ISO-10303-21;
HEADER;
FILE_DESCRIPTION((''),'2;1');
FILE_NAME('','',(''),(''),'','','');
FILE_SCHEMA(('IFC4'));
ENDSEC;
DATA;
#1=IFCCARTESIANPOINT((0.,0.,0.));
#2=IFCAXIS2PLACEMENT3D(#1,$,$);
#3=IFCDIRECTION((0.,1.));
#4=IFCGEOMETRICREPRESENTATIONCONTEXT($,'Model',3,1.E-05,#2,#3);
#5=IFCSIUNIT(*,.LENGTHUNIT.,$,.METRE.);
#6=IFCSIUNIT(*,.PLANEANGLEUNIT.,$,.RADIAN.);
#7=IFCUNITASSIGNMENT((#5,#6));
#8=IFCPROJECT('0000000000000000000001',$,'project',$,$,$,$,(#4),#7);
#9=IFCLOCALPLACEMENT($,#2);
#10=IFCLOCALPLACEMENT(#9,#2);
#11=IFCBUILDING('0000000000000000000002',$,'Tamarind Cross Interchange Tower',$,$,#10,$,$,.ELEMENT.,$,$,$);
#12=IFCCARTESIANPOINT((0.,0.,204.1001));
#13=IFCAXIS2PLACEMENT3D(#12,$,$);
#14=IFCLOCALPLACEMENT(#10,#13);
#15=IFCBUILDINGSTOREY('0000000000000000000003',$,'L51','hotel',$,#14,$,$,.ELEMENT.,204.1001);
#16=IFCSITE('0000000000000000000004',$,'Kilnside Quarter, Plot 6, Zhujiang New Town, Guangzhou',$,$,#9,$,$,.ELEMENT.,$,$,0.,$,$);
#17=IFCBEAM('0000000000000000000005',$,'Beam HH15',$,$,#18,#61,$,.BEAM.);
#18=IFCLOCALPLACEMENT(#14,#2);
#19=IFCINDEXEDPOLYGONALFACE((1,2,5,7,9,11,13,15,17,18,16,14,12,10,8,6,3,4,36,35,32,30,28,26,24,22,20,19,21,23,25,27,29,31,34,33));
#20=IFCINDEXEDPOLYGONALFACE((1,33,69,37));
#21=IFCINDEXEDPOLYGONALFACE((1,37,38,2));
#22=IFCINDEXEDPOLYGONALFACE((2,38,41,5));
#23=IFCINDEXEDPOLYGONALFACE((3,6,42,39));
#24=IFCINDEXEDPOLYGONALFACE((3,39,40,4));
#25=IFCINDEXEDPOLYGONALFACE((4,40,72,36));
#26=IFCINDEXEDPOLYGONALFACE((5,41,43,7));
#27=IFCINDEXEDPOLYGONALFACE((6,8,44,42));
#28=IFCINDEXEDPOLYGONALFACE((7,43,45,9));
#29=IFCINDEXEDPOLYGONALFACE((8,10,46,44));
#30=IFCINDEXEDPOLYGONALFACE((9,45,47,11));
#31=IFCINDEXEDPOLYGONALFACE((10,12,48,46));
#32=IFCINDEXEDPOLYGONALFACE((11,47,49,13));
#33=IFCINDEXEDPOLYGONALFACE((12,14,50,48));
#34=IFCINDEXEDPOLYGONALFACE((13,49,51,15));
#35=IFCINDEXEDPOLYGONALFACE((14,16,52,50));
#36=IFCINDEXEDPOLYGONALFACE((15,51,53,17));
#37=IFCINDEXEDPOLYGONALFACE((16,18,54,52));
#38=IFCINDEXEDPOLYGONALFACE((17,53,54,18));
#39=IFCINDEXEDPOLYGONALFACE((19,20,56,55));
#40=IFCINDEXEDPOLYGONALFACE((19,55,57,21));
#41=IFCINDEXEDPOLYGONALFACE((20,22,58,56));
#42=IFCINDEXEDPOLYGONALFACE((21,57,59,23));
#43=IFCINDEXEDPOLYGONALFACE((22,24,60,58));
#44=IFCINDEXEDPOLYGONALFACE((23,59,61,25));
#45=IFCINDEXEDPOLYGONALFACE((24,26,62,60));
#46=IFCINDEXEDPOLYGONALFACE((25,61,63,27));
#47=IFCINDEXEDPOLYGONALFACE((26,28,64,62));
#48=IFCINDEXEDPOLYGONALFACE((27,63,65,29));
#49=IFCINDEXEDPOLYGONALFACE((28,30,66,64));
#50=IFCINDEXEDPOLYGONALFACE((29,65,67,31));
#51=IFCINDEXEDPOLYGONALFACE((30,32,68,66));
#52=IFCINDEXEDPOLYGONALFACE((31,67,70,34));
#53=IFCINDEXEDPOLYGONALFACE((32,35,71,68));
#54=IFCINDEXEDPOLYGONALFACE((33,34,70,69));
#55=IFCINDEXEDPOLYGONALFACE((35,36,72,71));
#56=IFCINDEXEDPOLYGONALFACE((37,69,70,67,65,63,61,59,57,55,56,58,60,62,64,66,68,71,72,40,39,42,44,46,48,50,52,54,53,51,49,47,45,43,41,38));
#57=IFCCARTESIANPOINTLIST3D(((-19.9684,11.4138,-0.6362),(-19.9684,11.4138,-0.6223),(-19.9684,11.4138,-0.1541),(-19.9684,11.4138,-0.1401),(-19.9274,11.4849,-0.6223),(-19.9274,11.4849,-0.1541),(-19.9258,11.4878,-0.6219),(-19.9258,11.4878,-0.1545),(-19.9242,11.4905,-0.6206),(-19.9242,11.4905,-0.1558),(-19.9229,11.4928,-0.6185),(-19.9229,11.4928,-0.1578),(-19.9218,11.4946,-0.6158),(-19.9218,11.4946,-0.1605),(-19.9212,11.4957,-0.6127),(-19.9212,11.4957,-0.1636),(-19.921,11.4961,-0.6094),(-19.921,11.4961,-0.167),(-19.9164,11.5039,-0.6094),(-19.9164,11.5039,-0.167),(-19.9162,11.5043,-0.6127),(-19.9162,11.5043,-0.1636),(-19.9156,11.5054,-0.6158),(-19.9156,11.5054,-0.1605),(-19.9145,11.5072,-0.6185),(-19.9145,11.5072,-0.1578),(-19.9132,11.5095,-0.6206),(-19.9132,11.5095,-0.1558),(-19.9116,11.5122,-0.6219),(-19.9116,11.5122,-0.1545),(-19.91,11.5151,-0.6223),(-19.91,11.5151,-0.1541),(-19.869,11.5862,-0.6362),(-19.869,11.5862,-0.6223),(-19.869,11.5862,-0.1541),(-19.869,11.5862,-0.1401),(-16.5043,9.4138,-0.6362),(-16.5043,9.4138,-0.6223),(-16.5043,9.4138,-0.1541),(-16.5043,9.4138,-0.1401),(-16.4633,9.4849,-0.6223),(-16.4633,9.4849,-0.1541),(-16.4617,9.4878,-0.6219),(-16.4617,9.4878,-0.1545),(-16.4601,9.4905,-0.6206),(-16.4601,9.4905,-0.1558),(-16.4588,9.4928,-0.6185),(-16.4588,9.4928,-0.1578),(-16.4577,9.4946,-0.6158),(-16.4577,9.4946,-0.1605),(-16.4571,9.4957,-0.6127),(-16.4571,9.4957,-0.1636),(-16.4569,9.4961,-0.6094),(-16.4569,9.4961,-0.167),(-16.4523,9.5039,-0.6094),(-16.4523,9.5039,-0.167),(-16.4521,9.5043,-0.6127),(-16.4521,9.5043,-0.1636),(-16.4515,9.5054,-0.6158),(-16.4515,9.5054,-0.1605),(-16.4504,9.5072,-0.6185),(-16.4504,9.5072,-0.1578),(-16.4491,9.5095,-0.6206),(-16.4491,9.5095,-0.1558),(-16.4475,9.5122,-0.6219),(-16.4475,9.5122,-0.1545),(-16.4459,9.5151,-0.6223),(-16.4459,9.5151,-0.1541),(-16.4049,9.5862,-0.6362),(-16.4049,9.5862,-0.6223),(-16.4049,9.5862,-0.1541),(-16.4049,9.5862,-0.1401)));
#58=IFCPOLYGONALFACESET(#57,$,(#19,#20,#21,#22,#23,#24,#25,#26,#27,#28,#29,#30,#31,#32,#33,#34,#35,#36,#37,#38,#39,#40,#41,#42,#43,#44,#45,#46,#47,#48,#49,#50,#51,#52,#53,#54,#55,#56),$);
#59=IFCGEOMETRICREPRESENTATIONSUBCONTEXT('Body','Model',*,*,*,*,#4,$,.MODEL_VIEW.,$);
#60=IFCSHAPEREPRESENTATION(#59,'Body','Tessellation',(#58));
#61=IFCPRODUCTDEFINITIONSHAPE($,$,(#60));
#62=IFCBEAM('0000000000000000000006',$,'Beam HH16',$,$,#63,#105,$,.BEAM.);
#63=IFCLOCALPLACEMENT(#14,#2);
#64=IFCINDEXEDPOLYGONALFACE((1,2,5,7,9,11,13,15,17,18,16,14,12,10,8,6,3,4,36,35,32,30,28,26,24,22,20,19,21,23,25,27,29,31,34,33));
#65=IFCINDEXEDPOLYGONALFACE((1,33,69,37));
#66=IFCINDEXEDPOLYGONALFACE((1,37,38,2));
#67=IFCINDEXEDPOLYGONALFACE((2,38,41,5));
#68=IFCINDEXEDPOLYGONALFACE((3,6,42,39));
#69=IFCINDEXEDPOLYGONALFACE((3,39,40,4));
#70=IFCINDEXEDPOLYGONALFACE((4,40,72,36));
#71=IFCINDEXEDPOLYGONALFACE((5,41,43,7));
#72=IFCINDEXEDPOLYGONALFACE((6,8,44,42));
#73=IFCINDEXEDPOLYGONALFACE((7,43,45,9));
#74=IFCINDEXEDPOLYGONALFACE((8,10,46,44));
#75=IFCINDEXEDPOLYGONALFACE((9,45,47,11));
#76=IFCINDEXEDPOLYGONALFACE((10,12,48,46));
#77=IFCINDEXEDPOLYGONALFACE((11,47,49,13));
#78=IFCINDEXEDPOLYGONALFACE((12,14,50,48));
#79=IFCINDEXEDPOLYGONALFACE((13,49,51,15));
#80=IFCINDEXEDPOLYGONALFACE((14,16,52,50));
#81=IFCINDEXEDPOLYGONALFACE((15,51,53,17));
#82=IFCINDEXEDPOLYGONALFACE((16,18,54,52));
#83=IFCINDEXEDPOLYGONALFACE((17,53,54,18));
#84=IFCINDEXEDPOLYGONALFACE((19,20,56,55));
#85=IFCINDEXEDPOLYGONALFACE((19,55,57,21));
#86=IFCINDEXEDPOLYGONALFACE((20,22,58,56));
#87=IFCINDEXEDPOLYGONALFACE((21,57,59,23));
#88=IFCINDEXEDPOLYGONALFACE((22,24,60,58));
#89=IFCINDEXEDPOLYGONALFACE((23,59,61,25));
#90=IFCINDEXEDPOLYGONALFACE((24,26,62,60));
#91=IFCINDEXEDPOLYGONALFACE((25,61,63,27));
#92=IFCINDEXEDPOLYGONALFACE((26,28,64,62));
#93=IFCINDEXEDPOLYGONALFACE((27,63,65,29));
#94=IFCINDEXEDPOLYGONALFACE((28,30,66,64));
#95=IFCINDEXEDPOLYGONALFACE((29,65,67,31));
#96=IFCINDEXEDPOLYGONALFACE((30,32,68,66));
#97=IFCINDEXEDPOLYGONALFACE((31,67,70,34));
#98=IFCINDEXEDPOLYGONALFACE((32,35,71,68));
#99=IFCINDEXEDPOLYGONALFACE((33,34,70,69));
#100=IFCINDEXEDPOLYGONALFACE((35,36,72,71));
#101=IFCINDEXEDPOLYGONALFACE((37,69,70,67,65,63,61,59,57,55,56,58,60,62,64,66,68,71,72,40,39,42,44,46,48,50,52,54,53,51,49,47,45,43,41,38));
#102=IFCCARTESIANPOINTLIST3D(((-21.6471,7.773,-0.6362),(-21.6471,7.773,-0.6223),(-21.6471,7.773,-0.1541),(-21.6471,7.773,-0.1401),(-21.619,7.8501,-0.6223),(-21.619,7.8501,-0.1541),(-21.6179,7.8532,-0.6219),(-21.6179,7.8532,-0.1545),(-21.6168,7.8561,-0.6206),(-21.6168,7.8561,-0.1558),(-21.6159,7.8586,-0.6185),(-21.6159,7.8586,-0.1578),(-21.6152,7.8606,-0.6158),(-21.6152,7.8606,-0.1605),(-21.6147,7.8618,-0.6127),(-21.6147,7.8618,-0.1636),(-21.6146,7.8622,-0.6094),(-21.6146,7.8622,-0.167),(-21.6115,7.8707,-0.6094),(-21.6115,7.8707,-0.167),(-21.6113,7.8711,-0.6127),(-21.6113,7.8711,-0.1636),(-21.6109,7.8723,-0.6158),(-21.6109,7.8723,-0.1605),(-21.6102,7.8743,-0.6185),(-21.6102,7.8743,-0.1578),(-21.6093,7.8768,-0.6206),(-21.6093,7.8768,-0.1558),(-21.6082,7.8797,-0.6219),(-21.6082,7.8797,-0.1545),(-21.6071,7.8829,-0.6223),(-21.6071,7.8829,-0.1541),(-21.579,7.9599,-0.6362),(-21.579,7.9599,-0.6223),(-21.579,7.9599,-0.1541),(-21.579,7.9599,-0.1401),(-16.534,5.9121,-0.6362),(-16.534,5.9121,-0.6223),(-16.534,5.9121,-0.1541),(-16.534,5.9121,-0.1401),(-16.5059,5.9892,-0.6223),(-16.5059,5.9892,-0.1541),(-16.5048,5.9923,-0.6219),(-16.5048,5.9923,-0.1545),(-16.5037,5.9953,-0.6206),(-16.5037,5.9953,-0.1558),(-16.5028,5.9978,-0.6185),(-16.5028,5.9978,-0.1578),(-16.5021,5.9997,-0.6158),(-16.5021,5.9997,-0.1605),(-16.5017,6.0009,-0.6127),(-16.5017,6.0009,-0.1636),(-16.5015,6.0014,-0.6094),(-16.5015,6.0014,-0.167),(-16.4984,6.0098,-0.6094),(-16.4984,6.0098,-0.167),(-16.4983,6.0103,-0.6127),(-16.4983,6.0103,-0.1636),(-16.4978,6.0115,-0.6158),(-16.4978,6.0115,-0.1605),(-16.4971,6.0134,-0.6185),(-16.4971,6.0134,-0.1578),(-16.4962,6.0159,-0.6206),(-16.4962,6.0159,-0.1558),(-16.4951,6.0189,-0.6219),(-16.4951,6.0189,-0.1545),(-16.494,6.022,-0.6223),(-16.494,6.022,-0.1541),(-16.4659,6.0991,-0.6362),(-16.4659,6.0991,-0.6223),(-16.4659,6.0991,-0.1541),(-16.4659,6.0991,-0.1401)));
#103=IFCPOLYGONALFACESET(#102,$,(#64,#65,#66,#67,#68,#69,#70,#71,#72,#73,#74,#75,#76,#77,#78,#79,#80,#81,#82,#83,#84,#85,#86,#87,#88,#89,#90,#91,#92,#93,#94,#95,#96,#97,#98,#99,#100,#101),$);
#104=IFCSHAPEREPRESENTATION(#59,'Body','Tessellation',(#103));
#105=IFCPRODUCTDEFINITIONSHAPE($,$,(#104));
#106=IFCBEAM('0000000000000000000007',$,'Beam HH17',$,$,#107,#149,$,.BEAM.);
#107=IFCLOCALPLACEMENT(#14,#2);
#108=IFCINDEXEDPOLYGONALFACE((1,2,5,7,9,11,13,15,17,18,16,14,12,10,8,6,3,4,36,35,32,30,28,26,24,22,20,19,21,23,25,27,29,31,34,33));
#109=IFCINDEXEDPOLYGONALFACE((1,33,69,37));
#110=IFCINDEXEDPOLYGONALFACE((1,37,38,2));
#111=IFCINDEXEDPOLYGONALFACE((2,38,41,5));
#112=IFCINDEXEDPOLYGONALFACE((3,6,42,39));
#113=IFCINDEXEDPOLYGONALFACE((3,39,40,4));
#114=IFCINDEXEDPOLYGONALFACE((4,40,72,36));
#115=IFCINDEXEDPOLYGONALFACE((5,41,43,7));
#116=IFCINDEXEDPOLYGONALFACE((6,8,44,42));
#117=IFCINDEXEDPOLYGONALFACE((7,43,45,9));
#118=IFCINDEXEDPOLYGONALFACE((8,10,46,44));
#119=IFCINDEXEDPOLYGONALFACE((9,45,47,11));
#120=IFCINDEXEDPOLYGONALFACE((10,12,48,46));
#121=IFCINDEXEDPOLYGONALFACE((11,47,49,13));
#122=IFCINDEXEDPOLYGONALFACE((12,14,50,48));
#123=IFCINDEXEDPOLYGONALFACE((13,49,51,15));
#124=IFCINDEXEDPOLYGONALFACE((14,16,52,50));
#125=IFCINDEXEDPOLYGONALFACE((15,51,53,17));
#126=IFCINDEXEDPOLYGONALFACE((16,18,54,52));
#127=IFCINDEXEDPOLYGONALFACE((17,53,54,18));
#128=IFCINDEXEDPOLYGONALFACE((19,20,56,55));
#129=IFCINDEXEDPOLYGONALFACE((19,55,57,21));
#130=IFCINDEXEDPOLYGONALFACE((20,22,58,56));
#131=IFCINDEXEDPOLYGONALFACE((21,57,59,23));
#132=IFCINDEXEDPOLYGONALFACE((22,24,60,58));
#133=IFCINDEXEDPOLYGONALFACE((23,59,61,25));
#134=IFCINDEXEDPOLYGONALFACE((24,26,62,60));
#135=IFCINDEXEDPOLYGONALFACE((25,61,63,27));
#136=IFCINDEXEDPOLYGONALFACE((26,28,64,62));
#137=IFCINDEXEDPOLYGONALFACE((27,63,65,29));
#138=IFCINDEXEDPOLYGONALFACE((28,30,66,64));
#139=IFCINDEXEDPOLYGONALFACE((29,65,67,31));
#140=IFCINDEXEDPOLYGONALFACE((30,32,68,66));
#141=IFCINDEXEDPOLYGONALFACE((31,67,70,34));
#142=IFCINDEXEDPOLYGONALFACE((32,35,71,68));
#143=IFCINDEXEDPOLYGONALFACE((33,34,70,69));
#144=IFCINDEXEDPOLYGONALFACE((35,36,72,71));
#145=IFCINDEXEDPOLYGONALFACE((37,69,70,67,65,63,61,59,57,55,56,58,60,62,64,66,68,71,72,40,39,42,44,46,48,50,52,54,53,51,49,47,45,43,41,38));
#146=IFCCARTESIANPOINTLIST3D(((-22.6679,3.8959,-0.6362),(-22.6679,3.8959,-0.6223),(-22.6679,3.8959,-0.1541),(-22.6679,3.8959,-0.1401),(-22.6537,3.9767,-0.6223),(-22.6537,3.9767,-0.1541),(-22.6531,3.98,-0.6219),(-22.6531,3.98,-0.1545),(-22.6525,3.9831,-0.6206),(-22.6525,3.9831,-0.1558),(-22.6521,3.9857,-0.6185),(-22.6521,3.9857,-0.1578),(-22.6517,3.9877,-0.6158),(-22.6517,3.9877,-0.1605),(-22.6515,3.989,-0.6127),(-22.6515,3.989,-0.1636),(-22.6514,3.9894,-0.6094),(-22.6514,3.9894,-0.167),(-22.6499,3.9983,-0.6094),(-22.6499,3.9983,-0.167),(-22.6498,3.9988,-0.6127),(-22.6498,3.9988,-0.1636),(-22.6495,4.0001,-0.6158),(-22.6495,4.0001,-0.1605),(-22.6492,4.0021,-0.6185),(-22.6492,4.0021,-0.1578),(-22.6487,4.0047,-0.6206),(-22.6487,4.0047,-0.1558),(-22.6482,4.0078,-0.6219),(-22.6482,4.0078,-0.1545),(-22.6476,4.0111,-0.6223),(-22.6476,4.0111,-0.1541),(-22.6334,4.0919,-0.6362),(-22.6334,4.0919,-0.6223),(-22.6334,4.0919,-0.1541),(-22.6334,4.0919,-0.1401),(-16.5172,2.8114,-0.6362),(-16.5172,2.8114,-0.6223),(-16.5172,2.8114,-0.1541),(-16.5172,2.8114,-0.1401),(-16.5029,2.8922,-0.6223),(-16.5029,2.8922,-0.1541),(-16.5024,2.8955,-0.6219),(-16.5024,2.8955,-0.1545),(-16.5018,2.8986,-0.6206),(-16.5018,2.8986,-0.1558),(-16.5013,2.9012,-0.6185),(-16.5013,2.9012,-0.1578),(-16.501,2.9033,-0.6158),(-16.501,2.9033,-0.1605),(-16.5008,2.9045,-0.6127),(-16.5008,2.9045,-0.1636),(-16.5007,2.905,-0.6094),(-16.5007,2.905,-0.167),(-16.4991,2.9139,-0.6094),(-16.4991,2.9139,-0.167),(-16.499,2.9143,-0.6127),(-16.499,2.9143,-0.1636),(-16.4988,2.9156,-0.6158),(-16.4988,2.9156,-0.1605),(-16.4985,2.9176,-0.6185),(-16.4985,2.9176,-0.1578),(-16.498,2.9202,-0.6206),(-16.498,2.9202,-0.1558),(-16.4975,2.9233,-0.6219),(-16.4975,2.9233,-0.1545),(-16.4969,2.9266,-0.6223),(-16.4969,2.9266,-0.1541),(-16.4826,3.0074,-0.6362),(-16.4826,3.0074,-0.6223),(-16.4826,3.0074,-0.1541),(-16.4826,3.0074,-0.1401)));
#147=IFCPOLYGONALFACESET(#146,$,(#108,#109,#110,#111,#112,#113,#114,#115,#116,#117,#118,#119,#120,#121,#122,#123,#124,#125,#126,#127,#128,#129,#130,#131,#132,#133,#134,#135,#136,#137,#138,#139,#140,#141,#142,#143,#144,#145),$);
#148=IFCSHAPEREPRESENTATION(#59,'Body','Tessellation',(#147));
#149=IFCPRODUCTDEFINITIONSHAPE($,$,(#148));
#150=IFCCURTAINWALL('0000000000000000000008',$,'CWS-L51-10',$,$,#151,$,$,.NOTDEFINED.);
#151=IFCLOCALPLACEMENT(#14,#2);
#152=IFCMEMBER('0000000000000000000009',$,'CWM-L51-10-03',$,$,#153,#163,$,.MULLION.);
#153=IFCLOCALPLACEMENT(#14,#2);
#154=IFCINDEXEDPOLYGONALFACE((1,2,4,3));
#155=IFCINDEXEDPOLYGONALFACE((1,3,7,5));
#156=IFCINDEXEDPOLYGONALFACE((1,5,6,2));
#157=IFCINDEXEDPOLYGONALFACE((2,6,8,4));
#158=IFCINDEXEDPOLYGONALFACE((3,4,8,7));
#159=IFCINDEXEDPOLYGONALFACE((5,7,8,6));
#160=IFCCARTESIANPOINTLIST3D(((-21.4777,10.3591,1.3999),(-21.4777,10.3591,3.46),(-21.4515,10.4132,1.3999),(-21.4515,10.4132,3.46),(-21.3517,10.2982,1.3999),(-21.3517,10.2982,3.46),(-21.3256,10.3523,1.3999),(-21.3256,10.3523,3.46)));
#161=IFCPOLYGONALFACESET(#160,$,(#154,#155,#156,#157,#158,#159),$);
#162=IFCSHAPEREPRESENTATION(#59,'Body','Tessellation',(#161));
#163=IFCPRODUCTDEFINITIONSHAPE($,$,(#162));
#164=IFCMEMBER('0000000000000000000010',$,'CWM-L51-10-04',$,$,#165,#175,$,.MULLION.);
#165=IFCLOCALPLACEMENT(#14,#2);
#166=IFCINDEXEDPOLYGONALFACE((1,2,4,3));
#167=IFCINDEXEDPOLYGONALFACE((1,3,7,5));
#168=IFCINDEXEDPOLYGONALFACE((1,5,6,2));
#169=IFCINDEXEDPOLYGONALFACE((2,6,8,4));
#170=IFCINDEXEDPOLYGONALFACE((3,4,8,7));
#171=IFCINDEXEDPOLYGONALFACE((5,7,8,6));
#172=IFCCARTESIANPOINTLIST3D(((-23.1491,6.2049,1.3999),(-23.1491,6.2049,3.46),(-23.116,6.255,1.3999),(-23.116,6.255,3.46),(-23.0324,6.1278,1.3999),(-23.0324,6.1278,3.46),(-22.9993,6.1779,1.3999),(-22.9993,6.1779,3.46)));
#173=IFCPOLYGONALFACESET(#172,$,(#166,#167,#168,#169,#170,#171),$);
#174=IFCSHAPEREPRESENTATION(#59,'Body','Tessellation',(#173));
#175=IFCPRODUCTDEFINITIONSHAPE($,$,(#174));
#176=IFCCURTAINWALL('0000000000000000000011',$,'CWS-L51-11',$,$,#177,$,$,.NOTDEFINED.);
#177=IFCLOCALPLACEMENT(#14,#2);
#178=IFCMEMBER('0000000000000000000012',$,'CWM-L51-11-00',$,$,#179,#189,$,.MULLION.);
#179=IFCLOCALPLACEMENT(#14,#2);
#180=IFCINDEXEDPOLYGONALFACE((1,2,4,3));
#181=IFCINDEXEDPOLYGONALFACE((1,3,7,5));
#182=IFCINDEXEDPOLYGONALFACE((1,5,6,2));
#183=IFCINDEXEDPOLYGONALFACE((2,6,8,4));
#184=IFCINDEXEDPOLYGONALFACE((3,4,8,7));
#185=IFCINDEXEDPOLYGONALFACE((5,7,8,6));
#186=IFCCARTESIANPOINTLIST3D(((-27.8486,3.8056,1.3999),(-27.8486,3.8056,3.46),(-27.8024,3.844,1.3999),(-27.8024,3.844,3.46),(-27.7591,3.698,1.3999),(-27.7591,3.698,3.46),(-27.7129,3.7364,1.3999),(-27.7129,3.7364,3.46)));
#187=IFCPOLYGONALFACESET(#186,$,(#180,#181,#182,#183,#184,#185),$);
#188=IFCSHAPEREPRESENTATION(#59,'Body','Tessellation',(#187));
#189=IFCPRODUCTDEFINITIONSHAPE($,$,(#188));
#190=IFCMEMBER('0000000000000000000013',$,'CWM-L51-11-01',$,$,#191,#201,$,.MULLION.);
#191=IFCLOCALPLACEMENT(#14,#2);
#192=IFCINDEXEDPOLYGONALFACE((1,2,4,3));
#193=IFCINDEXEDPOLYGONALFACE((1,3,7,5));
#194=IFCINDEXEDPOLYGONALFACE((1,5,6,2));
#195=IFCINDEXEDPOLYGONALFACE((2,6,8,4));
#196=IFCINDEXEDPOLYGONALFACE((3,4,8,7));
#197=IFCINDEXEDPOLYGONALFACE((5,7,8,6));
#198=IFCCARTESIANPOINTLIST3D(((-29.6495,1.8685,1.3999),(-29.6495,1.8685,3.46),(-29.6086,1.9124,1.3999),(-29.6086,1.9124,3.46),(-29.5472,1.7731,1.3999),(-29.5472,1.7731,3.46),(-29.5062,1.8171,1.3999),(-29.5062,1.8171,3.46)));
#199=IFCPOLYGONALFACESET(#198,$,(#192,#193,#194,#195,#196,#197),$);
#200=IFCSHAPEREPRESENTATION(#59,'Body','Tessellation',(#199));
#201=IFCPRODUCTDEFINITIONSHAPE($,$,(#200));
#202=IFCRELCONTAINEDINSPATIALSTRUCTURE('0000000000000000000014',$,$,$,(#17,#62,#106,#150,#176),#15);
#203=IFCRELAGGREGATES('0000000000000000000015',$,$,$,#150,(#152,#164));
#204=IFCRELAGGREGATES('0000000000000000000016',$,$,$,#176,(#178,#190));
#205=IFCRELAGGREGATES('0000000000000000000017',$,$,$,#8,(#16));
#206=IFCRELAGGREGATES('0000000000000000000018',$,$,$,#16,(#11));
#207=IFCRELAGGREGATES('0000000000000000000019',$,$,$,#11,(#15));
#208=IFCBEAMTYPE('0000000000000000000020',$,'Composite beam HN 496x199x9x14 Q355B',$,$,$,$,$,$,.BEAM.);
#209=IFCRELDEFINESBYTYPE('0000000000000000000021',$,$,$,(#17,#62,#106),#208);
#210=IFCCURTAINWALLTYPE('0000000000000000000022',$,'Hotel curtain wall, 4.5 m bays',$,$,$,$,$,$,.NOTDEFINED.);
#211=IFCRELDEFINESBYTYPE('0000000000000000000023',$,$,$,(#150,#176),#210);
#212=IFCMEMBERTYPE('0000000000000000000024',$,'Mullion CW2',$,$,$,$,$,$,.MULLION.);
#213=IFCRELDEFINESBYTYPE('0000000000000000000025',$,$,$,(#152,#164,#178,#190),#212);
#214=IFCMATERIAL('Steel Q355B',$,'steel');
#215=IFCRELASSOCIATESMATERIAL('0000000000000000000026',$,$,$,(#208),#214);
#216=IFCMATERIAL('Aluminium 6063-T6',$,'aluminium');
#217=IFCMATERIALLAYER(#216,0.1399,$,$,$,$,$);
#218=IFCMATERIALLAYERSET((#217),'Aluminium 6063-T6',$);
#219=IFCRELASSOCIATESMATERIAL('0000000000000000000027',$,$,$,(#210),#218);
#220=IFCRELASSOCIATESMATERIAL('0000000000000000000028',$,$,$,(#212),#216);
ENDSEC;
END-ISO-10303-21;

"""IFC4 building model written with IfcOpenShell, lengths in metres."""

from ifc_helpers import new_model, si_unit, direction, frame, origin, origin_2d, place, context, subcontext, project, spatial, rectangle, i_section, extrude, material, layer, layer_set, material_profile, profile_set, type_object, element, aggregate, save


model = new_model("IFC4")

# Units and contexts
model_context = context("Model", 3, precision=1e-05, world=origin(), true_north=direction((0.0, 1.0)))
body_context = subcontext(model_context, "Body", "Model", "MODEL_VIEW")
ifc_project = project(units=[si_unit("LENGTHUNIT", "METRE"), si_unit("PLANEANGLEUNIT", "RADIAN")], contexts=[model_context])

# Site, building, storey
site_placement = place(None, origin())
site = spatial("IfcSite", under=ifc_project, at=site_placement, Name="Kilnside Quarter, Plot 6, Zhujiang New Town, Guangzhou", CompositionType="ELEMENT", RefElevation=0.0)
building_placement = place(site_placement, origin())
building = spatial("IfcBuilding", under=site, at=building_placement, Name="Tamarind Cross Interchange Tower", CompositionType="ELEMENT")
storey_placement = place(building_placement, frame((0.0, 0.0, 204.1001)))
storey = spatial("IfcBuildingStorey", under=building, at=storey_placement, Name="L51", Description="hotel", CompositionType="ELEMENT", Elevation=204.1001)

# Beams
ifc_material_1 = material(Name="Steel Q355B", Category="steel")
ifc_material_profile_1 = material_profile(ifc_material_1, i_section(OverallWidth=0.199, OverallDepth=0.4961, WebThickness=0.009, FlangeThickness=0.0139, FilletRadius=0.0129, at=origin_2d()), Name="HN 496x199x9x14")
ifc_profile_set_1 = profile_set([ifc_material_profile_1], Name="Steel Q355B")
beam_type = type_object("IfcBeamType", Name="Composite beam HN 496x199x9x14 Q355B", PredefinedType="BEAM", material=ifc_profile_set_1)
beam_1_placement = place(storey_placement, frame((-19.9187, 11.5, -0.3882), z_axis=(0.866026, -0.499999, 0.0), x_axis=(0.499999, 0.866026, 0.0)))
element("IfcBeam", 1, at=beam_1_placement, inside=storey, type_object=beam_type, Name="Beam HH15", PredefinedType="BEAM", context=body_context, shape_type="SweptSolid", body=[
    extrude(i_section(OverallWidth=0.199, OverallDepth=0.4961, WebThickness=0.009, FlangeThickness=0.0139, FilletRadius=0.0129, at=origin_2d()), origin(), (0.0, 0.0, 1.0), 4.0),
])
beam_2_placement = place(storey_placement, frame((-21.613, 7.8665, -0.3882), z_axis=(0.939702, -0.341995, 0.0), x_axis=(0.341995, 0.939702, 0.0)))
element("IfcBeam", 2, at=beam_2_placement, inside=storey, type_object=beam_type, Name="Beam HH16", PredefinedType="BEAM", context=body_context, shape_type="SweptSolid", body=[
    extrude(i_section(OverallWidth=0.199, OverallDepth=0.4961, WebThickness=0.009, FlangeThickness=0.0139, FilletRadius=0.0129, at=origin_2d()), origin(), (0.0, 0.0, 1.0), 5.4412),
])
beam_3_placement = place(storey_placement, frame((-22.6506, 3.9939, -0.3882), z_axis=(0.984809, -0.17364, 0.0), x_axis=(0.17364, 0.984809, 0.0)))
element("IfcBeam", 3, at=beam_3_placement, inside=storey, type_object=beam_type, Name="Beam HH17", PredefinedType="BEAM", context=body_context, shape_type="SweptSolid", body=[
    extrude(i_section(OverallWidth=0.199, OverallDepth=0.4961, WebThickness=0.009, FlangeThickness=0.0139, FilletRadius=0.0129, at=origin_2d()), origin(), (0.0, 0.0, 1.0), 6.2456),
])

# Curtain walls, members
ifc_material_2 = material(Name="Aluminium 6063-T6", Category="aluminium")
ifc_layer_1 = layer(ifc_material_2, 0.1399)
ifc_layer_set_1 = layer_set([ifc_layer_1], Name="Aluminium 6063-T6")
curtain_wall_type = type_object("IfcCurtainWallType", Name="Hotel curtain wall, 4.5 m bays", PredefinedType="NOTDEFINED", material=ifc_layer_set_1)
curtain_wall_1_placement = place(storey_placement, origin())
curtain_wall_1 = element("IfcCurtainWall", 4, at=curtain_wall_1_placement, inside=storey, type_object=curtain_wall_type, Name="CWS-L51-10", PredefinedType="NOTDEFINED")
ifc_material_profile_2 = material_profile(ifc_material_2, rectangle(XDim=0.0601, YDim=0.1399, at=origin_2d()), Name="Mullion CW2")
ifc_profile_set_2 = profile_set([ifc_material_profile_2], Name="Aluminium 6063-T6")
member_type = type_object("IfcMemberType", Name="Mullion CW2", PredefinedType="MULLION", material=ifc_profile_set_2)
member_1_placement = place(storey_placement, frame((-21.4016, 10.3557, 1.3999), z_axis=(0.0, 0.0, 1.0), x_axis=(-0.435326, -0.900273, 0.0)))
member_1 = element("IfcMember", 5, at=member_1_placement, type_object=member_type, Name="CWM-L51-10-03", PredefinedType="MULLION", context=body_context, shape_type="SweptSolid", body=[
    extrude(rectangle(XDim=0.0601, YDim=0.1399, at=origin_2d()), origin(), (0.0, 0.0, 1.0), 2.0601),
])
member_2_placement = place(storey_placement, frame((-23.0742, 6.1914, 1.3999), z_axis=(0.0, 0.0, 1.0), x_axis=(-0.551643, -0.83408, 0.0)))
member_2 = element("IfcMember", 6, at=member_2_placement, type_object=member_type, Name="CWM-L51-10-04", PredefinedType="MULLION", context=body_context, shape_type="SweptSolid", body=[
    extrude(rectangle(XDim=0.0601, YDim=0.1399, at=origin_2d()), origin(), (0.0, 0.0, 1.0), 2.0601),
])
aggregate(curtain_wall_1, [member_1, member_2])
curtain_wall_2_placement = place(storey_placement, origin())
curtain_wall_2 = element("IfcCurtainWall", 7, at=curtain_wall_2_placement, inside=storey, type_object=curtain_wall_type, Name="CWS-L51-11", PredefinedType="NOTDEFINED")
member_3_placement = place(storey_placement, frame((-27.7808, 3.771, 1.3999), z_axis=(0.0, 0.0, 1.0), x_axis=(-0.768802, -0.639487, 0.0)))
member_3 = element("IfcMember", 8, at=member_3_placement, type_object=member_type, Name="CWM-L51-11-00", PredefinedType="MULLION", context=body_context, shape_type="SweptSolid", body=[
    extrude(rectangle(XDim=0.0601, YDim=0.1399, at=origin_2d()), origin(), (0.0, 0.0, 1.0), 2.0601),
])
member_4_placement = place(storey_placement, frame((-29.5779, 1.8428, 1.3999), z_axis=(0.0, 0.0, 1.0), x_axis=(-0.681794, -0.731544, 0.0)))
member_4 = element("IfcMember", 9, at=member_4_placement, type_object=member_type, Name="CWM-L51-11-01", PredefinedType="MULLION", context=body_context, shape_type="SweptSolid", body=[
    extrude(rectangle(XDim=0.0601, YDim=0.1399, at=origin_2d()), origin(), (0.0, 0.0, 1.0), 2.0601),
])
aggregate(curtain_wall_2, [member_3, member_4])

save(model, "model.ifc")
